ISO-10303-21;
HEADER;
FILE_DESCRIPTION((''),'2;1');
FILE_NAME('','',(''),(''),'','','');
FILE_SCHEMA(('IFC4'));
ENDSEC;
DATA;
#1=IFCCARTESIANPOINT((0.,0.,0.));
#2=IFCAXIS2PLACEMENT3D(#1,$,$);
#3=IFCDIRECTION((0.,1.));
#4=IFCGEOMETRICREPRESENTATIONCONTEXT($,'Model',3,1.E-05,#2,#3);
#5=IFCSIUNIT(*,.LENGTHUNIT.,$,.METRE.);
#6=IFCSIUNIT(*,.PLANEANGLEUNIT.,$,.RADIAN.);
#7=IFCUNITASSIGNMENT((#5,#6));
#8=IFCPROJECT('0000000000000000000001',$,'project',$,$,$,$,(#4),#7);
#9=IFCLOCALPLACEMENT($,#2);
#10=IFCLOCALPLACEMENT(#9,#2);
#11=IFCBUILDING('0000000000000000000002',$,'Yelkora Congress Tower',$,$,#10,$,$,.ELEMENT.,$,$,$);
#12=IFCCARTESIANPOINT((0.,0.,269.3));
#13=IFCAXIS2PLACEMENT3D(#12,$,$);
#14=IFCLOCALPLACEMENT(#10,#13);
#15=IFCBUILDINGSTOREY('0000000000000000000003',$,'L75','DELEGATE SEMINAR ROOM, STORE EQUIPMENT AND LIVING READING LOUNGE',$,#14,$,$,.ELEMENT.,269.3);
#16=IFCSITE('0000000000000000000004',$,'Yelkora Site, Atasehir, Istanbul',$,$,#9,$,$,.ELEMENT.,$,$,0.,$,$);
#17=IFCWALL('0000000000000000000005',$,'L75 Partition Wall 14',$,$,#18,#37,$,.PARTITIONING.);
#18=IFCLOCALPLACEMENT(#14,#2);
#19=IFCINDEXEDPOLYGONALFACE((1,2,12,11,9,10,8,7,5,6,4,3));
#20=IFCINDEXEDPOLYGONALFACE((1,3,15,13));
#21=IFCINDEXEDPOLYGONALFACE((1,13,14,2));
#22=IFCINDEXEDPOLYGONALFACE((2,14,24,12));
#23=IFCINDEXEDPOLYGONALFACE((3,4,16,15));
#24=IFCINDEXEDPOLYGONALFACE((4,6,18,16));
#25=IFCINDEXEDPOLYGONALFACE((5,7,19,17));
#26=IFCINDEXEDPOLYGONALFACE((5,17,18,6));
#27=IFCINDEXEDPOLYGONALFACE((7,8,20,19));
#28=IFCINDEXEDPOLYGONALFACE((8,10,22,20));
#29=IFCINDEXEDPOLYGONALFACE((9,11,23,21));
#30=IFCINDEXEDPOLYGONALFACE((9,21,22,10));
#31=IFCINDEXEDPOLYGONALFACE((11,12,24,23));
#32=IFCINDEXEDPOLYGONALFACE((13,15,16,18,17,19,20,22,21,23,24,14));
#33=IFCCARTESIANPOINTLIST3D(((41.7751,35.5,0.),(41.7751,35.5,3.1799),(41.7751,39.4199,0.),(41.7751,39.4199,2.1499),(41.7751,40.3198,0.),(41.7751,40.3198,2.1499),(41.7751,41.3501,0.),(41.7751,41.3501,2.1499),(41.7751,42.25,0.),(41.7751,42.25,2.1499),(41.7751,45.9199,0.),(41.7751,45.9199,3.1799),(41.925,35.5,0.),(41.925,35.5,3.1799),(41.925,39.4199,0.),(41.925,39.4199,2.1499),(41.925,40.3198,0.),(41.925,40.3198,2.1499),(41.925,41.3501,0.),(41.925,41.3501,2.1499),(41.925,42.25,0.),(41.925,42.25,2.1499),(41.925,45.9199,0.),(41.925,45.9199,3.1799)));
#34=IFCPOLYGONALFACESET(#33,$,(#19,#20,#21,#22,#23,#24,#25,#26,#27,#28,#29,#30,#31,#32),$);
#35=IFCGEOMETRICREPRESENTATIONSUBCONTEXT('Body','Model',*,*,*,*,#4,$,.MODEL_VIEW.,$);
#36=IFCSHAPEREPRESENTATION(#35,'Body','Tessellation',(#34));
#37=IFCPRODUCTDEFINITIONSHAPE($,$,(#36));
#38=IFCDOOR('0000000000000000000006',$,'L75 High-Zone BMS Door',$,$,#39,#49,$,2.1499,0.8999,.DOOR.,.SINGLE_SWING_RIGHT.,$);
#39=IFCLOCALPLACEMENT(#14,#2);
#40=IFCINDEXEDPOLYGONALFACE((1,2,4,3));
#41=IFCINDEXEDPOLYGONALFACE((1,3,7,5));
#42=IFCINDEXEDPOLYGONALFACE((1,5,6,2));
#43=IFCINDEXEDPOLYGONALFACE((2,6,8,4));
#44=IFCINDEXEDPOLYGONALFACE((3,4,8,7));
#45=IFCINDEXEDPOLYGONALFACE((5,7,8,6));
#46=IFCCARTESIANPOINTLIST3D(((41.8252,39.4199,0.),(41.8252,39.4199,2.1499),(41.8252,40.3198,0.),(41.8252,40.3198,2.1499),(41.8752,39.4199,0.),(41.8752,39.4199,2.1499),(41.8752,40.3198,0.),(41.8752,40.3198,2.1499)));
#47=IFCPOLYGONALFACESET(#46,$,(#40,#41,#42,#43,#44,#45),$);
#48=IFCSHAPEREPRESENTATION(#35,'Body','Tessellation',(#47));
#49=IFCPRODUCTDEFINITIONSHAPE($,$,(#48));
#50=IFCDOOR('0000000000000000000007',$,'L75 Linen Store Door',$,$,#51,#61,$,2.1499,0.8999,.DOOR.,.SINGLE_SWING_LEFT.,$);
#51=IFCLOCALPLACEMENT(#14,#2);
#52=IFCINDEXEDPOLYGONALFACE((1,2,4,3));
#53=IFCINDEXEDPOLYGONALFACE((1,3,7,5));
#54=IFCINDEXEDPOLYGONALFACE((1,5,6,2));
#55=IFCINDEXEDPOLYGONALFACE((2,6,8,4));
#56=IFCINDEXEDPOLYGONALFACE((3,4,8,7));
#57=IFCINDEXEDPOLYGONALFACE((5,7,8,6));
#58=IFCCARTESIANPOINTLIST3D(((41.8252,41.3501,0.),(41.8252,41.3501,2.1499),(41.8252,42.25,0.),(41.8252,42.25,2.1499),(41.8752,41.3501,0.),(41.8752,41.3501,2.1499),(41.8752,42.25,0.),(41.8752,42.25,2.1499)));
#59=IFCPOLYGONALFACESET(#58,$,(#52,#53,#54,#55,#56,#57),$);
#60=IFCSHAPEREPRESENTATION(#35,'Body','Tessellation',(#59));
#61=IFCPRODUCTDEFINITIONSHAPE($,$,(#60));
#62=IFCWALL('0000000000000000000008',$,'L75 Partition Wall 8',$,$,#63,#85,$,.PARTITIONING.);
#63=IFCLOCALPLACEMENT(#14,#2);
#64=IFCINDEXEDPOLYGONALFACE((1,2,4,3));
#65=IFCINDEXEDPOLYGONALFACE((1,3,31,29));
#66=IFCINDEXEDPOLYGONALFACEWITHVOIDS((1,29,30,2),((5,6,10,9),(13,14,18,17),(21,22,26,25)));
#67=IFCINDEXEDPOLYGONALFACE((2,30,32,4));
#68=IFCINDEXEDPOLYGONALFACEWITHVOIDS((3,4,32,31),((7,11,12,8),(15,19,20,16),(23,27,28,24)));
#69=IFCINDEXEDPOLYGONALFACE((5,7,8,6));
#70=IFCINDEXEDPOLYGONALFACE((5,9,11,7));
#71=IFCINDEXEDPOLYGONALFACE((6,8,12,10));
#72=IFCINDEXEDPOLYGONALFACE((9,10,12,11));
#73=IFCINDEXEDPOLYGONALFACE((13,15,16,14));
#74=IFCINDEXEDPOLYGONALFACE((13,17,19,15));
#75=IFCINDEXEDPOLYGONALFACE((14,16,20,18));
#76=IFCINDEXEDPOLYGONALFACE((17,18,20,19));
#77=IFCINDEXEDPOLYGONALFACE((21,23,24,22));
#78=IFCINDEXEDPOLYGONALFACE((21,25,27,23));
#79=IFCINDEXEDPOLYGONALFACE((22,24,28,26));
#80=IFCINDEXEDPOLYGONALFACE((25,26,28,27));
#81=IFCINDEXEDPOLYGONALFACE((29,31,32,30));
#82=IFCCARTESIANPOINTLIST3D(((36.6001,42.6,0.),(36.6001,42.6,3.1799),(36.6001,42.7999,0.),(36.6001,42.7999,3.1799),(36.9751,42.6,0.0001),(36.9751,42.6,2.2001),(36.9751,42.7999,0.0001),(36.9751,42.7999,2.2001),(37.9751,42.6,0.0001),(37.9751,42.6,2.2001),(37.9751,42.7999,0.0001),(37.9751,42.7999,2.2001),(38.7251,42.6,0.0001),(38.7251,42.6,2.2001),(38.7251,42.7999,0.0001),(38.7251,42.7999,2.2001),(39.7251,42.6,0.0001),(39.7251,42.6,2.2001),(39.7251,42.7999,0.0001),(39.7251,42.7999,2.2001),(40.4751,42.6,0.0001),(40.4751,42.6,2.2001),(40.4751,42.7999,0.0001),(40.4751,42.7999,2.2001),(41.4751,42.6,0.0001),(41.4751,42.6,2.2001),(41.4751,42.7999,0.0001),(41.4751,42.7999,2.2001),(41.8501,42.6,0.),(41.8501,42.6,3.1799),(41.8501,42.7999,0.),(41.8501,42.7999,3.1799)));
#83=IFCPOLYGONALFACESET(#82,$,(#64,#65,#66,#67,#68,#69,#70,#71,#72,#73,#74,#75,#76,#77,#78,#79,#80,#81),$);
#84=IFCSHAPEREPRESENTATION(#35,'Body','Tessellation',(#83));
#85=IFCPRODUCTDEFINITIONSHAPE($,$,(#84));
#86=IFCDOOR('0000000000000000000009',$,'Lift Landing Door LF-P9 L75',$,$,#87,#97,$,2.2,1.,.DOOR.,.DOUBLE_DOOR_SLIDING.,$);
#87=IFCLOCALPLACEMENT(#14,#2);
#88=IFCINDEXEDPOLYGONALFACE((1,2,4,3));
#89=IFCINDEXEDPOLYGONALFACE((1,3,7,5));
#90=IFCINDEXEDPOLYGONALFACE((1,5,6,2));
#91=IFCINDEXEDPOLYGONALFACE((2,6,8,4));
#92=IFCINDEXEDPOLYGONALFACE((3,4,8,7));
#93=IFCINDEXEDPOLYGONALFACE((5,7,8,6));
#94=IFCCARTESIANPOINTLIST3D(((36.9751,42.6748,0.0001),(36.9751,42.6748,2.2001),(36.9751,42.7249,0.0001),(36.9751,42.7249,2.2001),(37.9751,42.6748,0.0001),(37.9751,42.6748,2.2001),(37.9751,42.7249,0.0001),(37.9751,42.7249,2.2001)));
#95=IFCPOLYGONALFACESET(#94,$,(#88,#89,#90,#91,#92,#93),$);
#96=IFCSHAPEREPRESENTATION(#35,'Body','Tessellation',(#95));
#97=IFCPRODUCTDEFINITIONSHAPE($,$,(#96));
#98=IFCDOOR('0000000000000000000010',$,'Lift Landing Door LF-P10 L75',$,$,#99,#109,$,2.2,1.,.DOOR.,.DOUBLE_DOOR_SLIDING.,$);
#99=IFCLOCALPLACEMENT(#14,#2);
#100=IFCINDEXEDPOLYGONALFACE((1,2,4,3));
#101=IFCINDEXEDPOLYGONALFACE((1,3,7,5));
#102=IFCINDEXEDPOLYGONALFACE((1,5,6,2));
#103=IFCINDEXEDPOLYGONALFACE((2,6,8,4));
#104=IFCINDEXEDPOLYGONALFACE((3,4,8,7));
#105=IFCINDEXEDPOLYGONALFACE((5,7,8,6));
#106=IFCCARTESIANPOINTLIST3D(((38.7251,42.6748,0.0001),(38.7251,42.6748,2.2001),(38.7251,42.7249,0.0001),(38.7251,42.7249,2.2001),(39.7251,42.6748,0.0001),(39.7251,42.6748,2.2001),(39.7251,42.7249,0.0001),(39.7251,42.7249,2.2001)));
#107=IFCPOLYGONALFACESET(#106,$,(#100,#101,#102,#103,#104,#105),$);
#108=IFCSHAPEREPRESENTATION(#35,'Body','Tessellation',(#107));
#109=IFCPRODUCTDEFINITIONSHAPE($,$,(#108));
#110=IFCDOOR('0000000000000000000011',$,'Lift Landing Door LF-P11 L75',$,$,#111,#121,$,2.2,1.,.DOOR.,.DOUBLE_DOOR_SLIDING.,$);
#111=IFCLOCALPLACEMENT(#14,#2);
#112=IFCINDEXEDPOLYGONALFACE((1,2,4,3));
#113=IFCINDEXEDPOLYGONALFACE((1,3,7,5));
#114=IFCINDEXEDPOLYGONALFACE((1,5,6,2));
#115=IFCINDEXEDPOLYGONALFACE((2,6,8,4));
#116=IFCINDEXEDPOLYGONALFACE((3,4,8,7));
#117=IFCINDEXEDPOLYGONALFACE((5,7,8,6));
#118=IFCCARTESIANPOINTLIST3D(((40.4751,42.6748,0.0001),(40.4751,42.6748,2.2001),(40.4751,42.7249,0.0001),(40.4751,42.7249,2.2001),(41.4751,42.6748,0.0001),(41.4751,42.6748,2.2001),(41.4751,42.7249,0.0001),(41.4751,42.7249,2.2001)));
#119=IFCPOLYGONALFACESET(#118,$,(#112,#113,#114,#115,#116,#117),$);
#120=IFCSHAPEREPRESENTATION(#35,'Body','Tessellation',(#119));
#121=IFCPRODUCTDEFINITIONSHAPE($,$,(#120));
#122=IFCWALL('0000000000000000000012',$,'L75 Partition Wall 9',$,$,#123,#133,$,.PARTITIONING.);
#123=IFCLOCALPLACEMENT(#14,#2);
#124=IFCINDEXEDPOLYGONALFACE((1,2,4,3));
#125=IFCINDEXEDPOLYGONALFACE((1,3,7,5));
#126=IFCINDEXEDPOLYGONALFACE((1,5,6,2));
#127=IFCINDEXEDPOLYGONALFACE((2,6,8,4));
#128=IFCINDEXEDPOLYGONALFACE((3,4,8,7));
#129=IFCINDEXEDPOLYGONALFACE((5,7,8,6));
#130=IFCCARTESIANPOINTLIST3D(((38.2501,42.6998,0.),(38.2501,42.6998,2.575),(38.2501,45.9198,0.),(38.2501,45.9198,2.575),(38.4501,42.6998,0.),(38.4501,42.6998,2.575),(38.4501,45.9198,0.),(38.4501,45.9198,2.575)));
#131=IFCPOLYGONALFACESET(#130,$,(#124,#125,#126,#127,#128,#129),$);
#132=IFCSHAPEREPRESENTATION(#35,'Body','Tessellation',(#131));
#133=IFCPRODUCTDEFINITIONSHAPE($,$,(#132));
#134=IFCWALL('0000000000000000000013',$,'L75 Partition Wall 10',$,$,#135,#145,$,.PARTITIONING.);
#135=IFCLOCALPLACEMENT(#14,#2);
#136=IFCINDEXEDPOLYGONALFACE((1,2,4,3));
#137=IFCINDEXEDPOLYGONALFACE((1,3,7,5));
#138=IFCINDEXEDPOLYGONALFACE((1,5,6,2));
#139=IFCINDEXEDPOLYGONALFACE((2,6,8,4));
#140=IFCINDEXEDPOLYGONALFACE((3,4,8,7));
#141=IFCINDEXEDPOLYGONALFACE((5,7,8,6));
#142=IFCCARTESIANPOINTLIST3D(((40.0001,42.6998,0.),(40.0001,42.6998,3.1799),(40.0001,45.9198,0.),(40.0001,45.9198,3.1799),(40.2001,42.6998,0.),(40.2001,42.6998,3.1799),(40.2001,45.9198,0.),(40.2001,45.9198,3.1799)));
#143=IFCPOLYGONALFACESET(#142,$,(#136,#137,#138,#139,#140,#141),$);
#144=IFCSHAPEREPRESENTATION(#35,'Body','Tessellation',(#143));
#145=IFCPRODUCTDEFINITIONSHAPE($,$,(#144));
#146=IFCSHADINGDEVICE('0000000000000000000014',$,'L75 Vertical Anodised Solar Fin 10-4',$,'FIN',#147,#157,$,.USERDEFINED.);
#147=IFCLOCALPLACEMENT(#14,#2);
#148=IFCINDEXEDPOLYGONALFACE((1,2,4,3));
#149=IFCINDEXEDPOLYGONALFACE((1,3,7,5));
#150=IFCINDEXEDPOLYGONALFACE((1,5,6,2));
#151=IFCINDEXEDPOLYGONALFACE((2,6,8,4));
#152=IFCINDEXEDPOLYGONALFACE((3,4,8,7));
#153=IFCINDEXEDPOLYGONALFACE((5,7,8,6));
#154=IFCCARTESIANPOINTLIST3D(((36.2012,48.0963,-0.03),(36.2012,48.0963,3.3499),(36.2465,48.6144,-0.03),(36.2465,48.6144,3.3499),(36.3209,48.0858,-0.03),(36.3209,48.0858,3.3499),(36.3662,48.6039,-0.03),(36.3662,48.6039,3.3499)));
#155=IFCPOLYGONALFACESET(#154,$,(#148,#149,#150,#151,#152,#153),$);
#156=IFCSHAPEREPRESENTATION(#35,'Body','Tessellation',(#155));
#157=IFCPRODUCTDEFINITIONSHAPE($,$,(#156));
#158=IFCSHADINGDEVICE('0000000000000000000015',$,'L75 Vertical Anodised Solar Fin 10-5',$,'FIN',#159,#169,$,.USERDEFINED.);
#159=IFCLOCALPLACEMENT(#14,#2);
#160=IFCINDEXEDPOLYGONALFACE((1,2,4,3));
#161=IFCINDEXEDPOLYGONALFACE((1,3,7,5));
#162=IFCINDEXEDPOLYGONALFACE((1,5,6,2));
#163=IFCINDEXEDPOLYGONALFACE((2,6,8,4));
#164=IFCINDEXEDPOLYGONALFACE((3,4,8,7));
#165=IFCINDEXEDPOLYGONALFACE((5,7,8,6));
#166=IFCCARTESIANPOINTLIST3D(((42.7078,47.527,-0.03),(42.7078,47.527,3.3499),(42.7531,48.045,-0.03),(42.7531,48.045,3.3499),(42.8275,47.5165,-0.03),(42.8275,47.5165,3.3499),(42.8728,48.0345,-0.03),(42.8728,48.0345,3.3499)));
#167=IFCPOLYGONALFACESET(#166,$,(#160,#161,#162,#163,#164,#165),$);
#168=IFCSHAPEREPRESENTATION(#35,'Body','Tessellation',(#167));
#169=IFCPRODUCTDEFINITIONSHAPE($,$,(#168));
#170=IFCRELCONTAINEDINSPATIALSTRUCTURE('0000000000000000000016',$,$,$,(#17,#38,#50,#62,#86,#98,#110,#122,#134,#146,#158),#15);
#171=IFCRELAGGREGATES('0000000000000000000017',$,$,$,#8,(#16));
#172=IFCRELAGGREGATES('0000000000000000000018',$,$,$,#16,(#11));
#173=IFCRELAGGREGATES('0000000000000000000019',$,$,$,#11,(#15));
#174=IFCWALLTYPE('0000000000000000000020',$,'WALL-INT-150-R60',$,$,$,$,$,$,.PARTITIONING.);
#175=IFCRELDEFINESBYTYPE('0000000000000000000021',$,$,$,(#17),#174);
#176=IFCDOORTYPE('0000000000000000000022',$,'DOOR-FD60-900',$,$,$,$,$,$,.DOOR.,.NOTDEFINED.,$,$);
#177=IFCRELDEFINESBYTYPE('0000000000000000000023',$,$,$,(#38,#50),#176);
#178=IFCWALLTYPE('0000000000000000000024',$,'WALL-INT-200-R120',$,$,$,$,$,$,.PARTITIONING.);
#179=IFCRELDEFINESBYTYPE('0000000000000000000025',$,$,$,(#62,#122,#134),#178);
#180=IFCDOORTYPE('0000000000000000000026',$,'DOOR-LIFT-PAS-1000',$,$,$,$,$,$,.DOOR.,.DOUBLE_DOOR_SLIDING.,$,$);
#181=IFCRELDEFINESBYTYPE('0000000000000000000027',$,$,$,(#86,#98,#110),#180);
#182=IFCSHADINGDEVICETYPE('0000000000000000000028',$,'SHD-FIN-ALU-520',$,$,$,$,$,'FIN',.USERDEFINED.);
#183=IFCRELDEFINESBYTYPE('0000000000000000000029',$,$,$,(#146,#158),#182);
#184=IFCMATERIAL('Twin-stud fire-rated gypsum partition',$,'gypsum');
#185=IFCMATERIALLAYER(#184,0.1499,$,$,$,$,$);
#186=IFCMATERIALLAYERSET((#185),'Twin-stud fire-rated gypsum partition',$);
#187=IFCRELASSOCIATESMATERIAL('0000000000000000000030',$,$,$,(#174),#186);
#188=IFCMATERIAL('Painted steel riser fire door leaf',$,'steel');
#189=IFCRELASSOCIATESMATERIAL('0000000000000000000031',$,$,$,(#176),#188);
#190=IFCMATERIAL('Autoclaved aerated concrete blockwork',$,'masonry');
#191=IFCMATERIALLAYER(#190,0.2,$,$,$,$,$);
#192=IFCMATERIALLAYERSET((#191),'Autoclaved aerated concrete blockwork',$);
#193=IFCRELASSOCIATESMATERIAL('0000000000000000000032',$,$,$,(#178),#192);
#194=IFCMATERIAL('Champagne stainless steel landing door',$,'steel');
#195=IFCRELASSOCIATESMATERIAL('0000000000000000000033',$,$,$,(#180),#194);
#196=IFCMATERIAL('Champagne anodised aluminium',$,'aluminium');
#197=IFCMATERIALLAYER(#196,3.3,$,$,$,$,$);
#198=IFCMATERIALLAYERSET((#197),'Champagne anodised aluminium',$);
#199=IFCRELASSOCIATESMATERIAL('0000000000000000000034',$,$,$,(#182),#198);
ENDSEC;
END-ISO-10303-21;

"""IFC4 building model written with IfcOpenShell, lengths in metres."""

from ifc_helpers import new_model, si_unit, direction, frame, frame_2d, origin, origin_2d, place, context, subcontext, project, spatial, rectangle, extrude, material, layer, layer_set, type_object, element, fill, save


model = new_model("IFC4")

# Units and contexts
model_context = context("Model", 3, precision=1e-05, world=origin(), true_north=direction((0.0, 1.0)))
body_context = subcontext(model_context, "Body", "Model", "MODEL_VIEW")
ifc_project = project(units=[si_unit("LENGTHUNIT", "METRE"), si_unit("PLANEANGLEUNIT", "RADIAN")], contexts=[model_context])

# Site, building, storey
site_placement = place(None, origin())
site = spatial("IfcSite", under=ifc_project, at=site_placement, Name="Yelkora Site, Atasehir, Istanbul", CompositionType="ELEMENT", RefElevation=0.0)
building_placement = place(site_placement, origin())
building = spatial("IfcBuilding", under=site, at=building_placement, Name="Yelkora Congress Tower", CompositionType="ELEMENT")
storey_placement = place(building_placement, frame((0.0, 0.0, 269.3)))
storey = spatial("IfcBuildingStorey", under=building, at=storey_placement, Name="L75", Description="DELEGATE SEMINAR ROOM, STORE EQUIPMENT AND LIVING READING LOUNGE", CompositionType="ELEMENT", Elevation=269.3)

# Shared definitions
ifc_material_1 = material(Name="Twin-stud fire-rated gypsum partition", Category="gypsum")
ifc_layer_1 = layer(ifc_material_1, 0.1499)
ifc_layer_set_1 = layer_set([ifc_layer_1], Name="Twin-stud fire-rated gypsum partition")
wall_type_1 = type_object("IfcWallType", Name="WALL-INT-150-R60", PredefinedType="PARTITIONING", material=ifc_layer_set_1)

# Shared definitions
ifc_material_2 = material(Name="Painted steel riser fire door leaf", Category="steel")
door_type_1 = type_object("IfcDoorType", Name="DOOR-FD60-900", OperationType="NOTDEFINED", PredefinedType="DOOR", material=ifc_material_2)

# Walls, openings, doors
wall_1_placement = place(storey_placement, frame((41.8501, 35.5, 0.0), z_axis=(0.0, 0.0, 1.0), x_axis=(0.0, 1.0, 0.0)))
wall_1 = element("IfcWall", 1, at=wall_1_placement, inside=storey, type_object=wall_type_1, Name="L75 Partition Wall 14", PredefinedType="PARTITIONING", context=body_context, shape_type="SweptSolid", body=[
    extrude(rectangle(XDim=10.4199, YDim=0.1499, at=frame_2d((5.21, 0.0))), origin(), (0.0, 0.0, 1.0), 3.1799),
])
opening_1_placement = place(wall_1_placement, frame((3.9199, 0.0, 0.0)))
opening_1 = element("IfcOpeningElement", 2, at=opening_1_placement, cuts=wall_1, PredefinedType="OPENING", context=body_context, shape_type="SweptSolid", body=[
    extrude(rectangle(XDim=0.8999, YDim=2.1499, at=frame_2d((0.45, 1.075))), frame((0.0, 0.085, 0.0), z_axis=(0.0, -1.0, 0.0), x_axis=(1.0, 0.0, 0.0)), (0.0, 0.0, 1.0), 0.1699),
])
opening_2_placement = place(wall_1_placement, frame((5.8501, 0.0, 0.0)))
opening_2 = element("IfcOpeningElement", 3, at=opening_2_placement, cuts=wall_1, PredefinedType="OPENING", context=body_context, shape_type="SweptSolid", body=[
    extrude(rectangle(XDim=0.8999, YDim=2.1499, at=frame_2d((0.45, 1.075))), frame((0.0, 0.085, 0.0), z_axis=(0.0, -1.0, 0.0), x_axis=(1.0, 0.0, 0.0)), (0.0, 0.0, 1.0), 0.1699),
])
door_1_placement = place(opening_1_placement, origin())
door_1 = element("IfcDoor", 4, at=door_1_placement, inside=storey, type_object=door_type_1, Name="L75 High-Zone BMS Door", OperationType="SINGLE_SWING_RIGHT", OverallHeight=2.1499, OverallWidth=0.8999, PredefinedType="DOOR", context=body_context, shape_type="SweptSolid", body=[
    extrude(rectangle(XDim=0.8999, YDim=2.1499, at=frame_2d((0.45, 1.075))), frame((0.0, 0.0249, 0.0), z_axis=(0.0, -1.0, 0.0), x_axis=(1.0, 0.0, 0.0)), (0.0, 0.0, 1.0), 0.05),
])
fill(opening_1, door_1)
door_2_placement = place(opening_2_placement, origin())
door_2 = element("IfcDoor", 5, at=door_2_placement, inside=storey, type_object=door_type_1, Name="L75 Linen Store Door", OperationType="SINGLE_SWING_LEFT", OverallHeight=2.1499, OverallWidth=0.8999, PredefinedType="DOOR", context=body_context, shape_type="SweptSolid", body=[
    extrude(rectangle(XDim=0.8999, YDim=2.1499, at=frame_2d((0.45, 1.075))), frame((0.0, 0.0249, 0.0), z_axis=(0.0, -1.0, 0.0), x_axis=(1.0, 0.0, 0.0)), (0.0, 0.0, 1.0), 0.05),
])
fill(opening_2, door_2)
ifc_material_3 = material(Name="Autoclaved aerated concrete blockwork", Category="masonry")
ifc_layer_2 = layer(ifc_material_3, 0.2)
ifc_layer_set_2 = layer_set([ifc_layer_2], Name="Autoclaved aerated concrete blockwork")
wall_type_2 = type_object("IfcWallType", Name="WALL-INT-200-R120", PredefinedType="PARTITIONING", material=ifc_layer_set_2)
wall_2_placement = place(storey_placement, frame((36.6001, 42.7, 0.0), z_axis=(0.0, 0.0, 1.0), x_axis=(1.0, 0.0, 0.0)))
wall_2 = element("IfcWall", 6, at=wall_2_placement, inside=storey, type_object=wall_type_2, Name="L75 Partition Wall 8", PredefinedType="PARTITIONING", context=body_context, shape_type="SweptSolid", body=[
    extrude(rectangle(XDim=5.25, YDim=0.2, at=frame_2d((2.625, 0.0))), origin(), (0.0, 0.0, 1.0), 3.1799),
])
opening_3_placement = place(wall_2_placement, frame((0.375, 0.0, 0.0)))
opening_3 = element("IfcOpeningElement", 7, at=opening_3_placement, cuts=wall_2, PredefinedType="OPENING", context=body_context, shape_type="SweptSolid", body=[
    extrude(rectangle(XDim=1.0, YDim=2.2, at=frame_2d((0.5, 1.1001))), frame((0.0, 0.1099, 0.0), z_axis=(0.0, -1.0, 0.0), x_axis=(1.0, 0.0, 0.0)), (0.0, 0.0, 1.0), 0.22),
])
opening_4_placement = place(wall_2_placement, frame((2.125, 0.0, 0.0)))
opening_4 = element("IfcOpeningElement", 8, at=opening_4_placement, cuts=wall_2, PredefinedType="OPENING", context=body_context, shape_type="SweptSolid", body=[
    extrude(rectangle(XDim=1.0, YDim=2.2, at=frame_2d((0.5, 1.1001))), frame((0.0, 0.1099, 0.0), z_axis=(0.0, -1.0, 0.0), x_axis=(1.0, 0.0, 0.0)), (0.0, 0.0, 1.0), 0.22),
])
opening_5_placement = place(wall_2_placement, frame((3.875, 0.0, 0.0)))
opening_5 = element("IfcOpeningElement", 9, at=opening_5_placement, cuts=wall_2, PredefinedType="OPENING", context=body_context, shape_type="SweptSolid", body=[
    extrude(rectangle(XDim=1.0, YDim=2.2, at=frame_2d((0.5, 1.1001))), frame((0.0, 0.1099, 0.0), z_axis=(0.0, -1.0, 0.0), x_axis=(1.0, 0.0, 0.0)), (0.0, 0.0, 1.0), 0.22),
])
ifc_material_4 = material(Name="Champagne stainless steel landing door", Category="steel")
door_type_2 = type_object("IfcDoorType", Name="DOOR-LIFT-PAS-1000", OperationType="DOUBLE_DOOR_SLIDING", PredefinedType="DOOR", material=ifc_material_4)
door_3_placement = place(opening_3_placement, origin())
door_3 = element("IfcDoor", 10, at=door_3_placement, inside=storey, type_object=door_type_2, Name="Lift Landing Door LF-P9 L75", OperationType="DOUBLE_DOOR_SLIDING", OverallHeight=2.2, OverallWidth=1.0, PredefinedType="DOOR", context=body_context, shape_type="SweptSolid", body=[
    extrude(rectangle(XDim=1.0, YDim=2.2, at=frame_2d((0.5, 1.1001))), frame((0.0, 0.0249, 0.0), z_axis=(0.0, -1.0, 0.0), x_axis=(1.0, 0.0, 0.0)), (0.0, 0.0, 1.0), 0.05),
])
fill(opening_3, door_3)
door_4_placement = place(opening_4_placement, origin())
door_4 = element("IfcDoor", 11, at=door_4_placement, inside=storey, type_object=door_type_2, Name="Lift Landing Door LF-P10 L75", OperationType="DOUBLE_DOOR_SLIDING", OverallHeight=2.2, OverallWidth=1.0, PredefinedType="DOOR", context=body_context, shape_type="SweptSolid", body=[
    extrude(rectangle(XDim=1.0, YDim=2.2, at=frame_2d((0.5, 1.1001))), frame((0.0, 0.0249, 0.0), z_axis=(0.0, -1.0, 0.0), x_axis=(1.0, 0.0, 0.0)), (0.0, 0.0, 1.0), 0.05),
])
fill(opening_4, door_4)
door_5_placement = place(opening_5_placement, origin())
door_5 = element("IfcDoor", 12, at=door_5_placement, inside=storey, type_object=door_type_2, Name="Lift Landing Door LF-P11 L75", OperationType="DOUBLE_DOOR_SLIDING", OverallHeight=2.2, OverallWidth=1.0, PredefinedType="DOOR", context=body_context, shape_type="SweptSolid", body=[
    extrude(rectangle(XDim=1.0, YDim=2.2, at=frame_2d((0.5, 1.1001))), frame((0.0, 0.0249, 0.0), z_axis=(0.0, -1.0, 0.0), x_axis=(1.0, 0.0, 0.0)), (0.0, 0.0, 1.0), 0.05),
])
fill(opening_5, door_5)

# Walls
wall_3_placement = place(storey_placement, frame((38.3501, 42.7, 0.0), z_axis=(0.0, 0.0, 1.0), x_axis=(0.0, 1.0, 0.0)))
element("IfcWall", 13, at=wall_3_placement, inside=storey, type_object=wall_type_2, Name="L75 Partition Wall 9", PredefinedType="PARTITIONING", context=body_context, shape_type="SweptSolid", body=[
    extrude(rectangle(XDim=3.22, YDim=0.2, at=frame_2d((1.6099, 0.0))), origin(), (0.0, 0.0, 1.0), 2.575),
])
wall_4_placement = place(storey_placement, frame((40.1001, 42.7, 0.0), z_axis=(0.0, 0.0, 1.0), x_axis=(0.0, 1.0, 0.0)))
element("IfcWall", 14, at=wall_4_placement, inside=storey, type_object=wall_type_2, Name="L75 Partition Wall 10", PredefinedType="PARTITIONING", context=body_context, shape_type="SweptSolid", body=[
    extrude(rectangle(XDim=3.22, YDim=0.2, at=frame_2d((1.6099, 0.0))), origin(), (0.0, 0.0, 1.0), 3.1799),
])

# Shading devices
ifc_material_5 = material(Name="Champagne anodised aluminium", Category="aluminium")
ifc_layer_3 = layer(ifc_material_5, 3.3)
ifc_layer_set_3 = layer_set([ifc_layer_3], Name="Champagne anodised aluminium")
shading_device_type = type_object("IfcShadingDeviceType", Name="SHD-FIN-ALU-520", ElementType="FIN", PredefinedType="USERDEFINED", material=ifc_layer_set_3)
for number, where, z_axis, x_axis, name in (
    (15, (36.2837, 48.3501, -0.03), (0.0, 0.0, 1.0), (0.996195, -0.087156, 0.0), "L75 Vertical Anodised Solar Fin 10-4"),
    (16, (42.7903, 47.7808, -0.03), (0.0, 0.0, 1.0), (0.996195, -0.087156, 0.0), "L75 Vertical Anodised Solar Fin 10-5"),
):
    element("IfcShadingDevice", number, at=place(storey_placement, frame(where, z_axis=z_axis, x_axis=x_axis)), inside=storey, type_object=shading_device_type, Name=name, ObjectType="FIN", PredefinedType="USERDEFINED", context=body_context, shape_type="SweptSolid", body=[
        extrude(rectangle(XDim=0.1201, YDim=0.52, at=origin_2d()), origin(), (0.0, 0.0, 1.0), 3.3799),
    ])

save(model, "model.ifc")
